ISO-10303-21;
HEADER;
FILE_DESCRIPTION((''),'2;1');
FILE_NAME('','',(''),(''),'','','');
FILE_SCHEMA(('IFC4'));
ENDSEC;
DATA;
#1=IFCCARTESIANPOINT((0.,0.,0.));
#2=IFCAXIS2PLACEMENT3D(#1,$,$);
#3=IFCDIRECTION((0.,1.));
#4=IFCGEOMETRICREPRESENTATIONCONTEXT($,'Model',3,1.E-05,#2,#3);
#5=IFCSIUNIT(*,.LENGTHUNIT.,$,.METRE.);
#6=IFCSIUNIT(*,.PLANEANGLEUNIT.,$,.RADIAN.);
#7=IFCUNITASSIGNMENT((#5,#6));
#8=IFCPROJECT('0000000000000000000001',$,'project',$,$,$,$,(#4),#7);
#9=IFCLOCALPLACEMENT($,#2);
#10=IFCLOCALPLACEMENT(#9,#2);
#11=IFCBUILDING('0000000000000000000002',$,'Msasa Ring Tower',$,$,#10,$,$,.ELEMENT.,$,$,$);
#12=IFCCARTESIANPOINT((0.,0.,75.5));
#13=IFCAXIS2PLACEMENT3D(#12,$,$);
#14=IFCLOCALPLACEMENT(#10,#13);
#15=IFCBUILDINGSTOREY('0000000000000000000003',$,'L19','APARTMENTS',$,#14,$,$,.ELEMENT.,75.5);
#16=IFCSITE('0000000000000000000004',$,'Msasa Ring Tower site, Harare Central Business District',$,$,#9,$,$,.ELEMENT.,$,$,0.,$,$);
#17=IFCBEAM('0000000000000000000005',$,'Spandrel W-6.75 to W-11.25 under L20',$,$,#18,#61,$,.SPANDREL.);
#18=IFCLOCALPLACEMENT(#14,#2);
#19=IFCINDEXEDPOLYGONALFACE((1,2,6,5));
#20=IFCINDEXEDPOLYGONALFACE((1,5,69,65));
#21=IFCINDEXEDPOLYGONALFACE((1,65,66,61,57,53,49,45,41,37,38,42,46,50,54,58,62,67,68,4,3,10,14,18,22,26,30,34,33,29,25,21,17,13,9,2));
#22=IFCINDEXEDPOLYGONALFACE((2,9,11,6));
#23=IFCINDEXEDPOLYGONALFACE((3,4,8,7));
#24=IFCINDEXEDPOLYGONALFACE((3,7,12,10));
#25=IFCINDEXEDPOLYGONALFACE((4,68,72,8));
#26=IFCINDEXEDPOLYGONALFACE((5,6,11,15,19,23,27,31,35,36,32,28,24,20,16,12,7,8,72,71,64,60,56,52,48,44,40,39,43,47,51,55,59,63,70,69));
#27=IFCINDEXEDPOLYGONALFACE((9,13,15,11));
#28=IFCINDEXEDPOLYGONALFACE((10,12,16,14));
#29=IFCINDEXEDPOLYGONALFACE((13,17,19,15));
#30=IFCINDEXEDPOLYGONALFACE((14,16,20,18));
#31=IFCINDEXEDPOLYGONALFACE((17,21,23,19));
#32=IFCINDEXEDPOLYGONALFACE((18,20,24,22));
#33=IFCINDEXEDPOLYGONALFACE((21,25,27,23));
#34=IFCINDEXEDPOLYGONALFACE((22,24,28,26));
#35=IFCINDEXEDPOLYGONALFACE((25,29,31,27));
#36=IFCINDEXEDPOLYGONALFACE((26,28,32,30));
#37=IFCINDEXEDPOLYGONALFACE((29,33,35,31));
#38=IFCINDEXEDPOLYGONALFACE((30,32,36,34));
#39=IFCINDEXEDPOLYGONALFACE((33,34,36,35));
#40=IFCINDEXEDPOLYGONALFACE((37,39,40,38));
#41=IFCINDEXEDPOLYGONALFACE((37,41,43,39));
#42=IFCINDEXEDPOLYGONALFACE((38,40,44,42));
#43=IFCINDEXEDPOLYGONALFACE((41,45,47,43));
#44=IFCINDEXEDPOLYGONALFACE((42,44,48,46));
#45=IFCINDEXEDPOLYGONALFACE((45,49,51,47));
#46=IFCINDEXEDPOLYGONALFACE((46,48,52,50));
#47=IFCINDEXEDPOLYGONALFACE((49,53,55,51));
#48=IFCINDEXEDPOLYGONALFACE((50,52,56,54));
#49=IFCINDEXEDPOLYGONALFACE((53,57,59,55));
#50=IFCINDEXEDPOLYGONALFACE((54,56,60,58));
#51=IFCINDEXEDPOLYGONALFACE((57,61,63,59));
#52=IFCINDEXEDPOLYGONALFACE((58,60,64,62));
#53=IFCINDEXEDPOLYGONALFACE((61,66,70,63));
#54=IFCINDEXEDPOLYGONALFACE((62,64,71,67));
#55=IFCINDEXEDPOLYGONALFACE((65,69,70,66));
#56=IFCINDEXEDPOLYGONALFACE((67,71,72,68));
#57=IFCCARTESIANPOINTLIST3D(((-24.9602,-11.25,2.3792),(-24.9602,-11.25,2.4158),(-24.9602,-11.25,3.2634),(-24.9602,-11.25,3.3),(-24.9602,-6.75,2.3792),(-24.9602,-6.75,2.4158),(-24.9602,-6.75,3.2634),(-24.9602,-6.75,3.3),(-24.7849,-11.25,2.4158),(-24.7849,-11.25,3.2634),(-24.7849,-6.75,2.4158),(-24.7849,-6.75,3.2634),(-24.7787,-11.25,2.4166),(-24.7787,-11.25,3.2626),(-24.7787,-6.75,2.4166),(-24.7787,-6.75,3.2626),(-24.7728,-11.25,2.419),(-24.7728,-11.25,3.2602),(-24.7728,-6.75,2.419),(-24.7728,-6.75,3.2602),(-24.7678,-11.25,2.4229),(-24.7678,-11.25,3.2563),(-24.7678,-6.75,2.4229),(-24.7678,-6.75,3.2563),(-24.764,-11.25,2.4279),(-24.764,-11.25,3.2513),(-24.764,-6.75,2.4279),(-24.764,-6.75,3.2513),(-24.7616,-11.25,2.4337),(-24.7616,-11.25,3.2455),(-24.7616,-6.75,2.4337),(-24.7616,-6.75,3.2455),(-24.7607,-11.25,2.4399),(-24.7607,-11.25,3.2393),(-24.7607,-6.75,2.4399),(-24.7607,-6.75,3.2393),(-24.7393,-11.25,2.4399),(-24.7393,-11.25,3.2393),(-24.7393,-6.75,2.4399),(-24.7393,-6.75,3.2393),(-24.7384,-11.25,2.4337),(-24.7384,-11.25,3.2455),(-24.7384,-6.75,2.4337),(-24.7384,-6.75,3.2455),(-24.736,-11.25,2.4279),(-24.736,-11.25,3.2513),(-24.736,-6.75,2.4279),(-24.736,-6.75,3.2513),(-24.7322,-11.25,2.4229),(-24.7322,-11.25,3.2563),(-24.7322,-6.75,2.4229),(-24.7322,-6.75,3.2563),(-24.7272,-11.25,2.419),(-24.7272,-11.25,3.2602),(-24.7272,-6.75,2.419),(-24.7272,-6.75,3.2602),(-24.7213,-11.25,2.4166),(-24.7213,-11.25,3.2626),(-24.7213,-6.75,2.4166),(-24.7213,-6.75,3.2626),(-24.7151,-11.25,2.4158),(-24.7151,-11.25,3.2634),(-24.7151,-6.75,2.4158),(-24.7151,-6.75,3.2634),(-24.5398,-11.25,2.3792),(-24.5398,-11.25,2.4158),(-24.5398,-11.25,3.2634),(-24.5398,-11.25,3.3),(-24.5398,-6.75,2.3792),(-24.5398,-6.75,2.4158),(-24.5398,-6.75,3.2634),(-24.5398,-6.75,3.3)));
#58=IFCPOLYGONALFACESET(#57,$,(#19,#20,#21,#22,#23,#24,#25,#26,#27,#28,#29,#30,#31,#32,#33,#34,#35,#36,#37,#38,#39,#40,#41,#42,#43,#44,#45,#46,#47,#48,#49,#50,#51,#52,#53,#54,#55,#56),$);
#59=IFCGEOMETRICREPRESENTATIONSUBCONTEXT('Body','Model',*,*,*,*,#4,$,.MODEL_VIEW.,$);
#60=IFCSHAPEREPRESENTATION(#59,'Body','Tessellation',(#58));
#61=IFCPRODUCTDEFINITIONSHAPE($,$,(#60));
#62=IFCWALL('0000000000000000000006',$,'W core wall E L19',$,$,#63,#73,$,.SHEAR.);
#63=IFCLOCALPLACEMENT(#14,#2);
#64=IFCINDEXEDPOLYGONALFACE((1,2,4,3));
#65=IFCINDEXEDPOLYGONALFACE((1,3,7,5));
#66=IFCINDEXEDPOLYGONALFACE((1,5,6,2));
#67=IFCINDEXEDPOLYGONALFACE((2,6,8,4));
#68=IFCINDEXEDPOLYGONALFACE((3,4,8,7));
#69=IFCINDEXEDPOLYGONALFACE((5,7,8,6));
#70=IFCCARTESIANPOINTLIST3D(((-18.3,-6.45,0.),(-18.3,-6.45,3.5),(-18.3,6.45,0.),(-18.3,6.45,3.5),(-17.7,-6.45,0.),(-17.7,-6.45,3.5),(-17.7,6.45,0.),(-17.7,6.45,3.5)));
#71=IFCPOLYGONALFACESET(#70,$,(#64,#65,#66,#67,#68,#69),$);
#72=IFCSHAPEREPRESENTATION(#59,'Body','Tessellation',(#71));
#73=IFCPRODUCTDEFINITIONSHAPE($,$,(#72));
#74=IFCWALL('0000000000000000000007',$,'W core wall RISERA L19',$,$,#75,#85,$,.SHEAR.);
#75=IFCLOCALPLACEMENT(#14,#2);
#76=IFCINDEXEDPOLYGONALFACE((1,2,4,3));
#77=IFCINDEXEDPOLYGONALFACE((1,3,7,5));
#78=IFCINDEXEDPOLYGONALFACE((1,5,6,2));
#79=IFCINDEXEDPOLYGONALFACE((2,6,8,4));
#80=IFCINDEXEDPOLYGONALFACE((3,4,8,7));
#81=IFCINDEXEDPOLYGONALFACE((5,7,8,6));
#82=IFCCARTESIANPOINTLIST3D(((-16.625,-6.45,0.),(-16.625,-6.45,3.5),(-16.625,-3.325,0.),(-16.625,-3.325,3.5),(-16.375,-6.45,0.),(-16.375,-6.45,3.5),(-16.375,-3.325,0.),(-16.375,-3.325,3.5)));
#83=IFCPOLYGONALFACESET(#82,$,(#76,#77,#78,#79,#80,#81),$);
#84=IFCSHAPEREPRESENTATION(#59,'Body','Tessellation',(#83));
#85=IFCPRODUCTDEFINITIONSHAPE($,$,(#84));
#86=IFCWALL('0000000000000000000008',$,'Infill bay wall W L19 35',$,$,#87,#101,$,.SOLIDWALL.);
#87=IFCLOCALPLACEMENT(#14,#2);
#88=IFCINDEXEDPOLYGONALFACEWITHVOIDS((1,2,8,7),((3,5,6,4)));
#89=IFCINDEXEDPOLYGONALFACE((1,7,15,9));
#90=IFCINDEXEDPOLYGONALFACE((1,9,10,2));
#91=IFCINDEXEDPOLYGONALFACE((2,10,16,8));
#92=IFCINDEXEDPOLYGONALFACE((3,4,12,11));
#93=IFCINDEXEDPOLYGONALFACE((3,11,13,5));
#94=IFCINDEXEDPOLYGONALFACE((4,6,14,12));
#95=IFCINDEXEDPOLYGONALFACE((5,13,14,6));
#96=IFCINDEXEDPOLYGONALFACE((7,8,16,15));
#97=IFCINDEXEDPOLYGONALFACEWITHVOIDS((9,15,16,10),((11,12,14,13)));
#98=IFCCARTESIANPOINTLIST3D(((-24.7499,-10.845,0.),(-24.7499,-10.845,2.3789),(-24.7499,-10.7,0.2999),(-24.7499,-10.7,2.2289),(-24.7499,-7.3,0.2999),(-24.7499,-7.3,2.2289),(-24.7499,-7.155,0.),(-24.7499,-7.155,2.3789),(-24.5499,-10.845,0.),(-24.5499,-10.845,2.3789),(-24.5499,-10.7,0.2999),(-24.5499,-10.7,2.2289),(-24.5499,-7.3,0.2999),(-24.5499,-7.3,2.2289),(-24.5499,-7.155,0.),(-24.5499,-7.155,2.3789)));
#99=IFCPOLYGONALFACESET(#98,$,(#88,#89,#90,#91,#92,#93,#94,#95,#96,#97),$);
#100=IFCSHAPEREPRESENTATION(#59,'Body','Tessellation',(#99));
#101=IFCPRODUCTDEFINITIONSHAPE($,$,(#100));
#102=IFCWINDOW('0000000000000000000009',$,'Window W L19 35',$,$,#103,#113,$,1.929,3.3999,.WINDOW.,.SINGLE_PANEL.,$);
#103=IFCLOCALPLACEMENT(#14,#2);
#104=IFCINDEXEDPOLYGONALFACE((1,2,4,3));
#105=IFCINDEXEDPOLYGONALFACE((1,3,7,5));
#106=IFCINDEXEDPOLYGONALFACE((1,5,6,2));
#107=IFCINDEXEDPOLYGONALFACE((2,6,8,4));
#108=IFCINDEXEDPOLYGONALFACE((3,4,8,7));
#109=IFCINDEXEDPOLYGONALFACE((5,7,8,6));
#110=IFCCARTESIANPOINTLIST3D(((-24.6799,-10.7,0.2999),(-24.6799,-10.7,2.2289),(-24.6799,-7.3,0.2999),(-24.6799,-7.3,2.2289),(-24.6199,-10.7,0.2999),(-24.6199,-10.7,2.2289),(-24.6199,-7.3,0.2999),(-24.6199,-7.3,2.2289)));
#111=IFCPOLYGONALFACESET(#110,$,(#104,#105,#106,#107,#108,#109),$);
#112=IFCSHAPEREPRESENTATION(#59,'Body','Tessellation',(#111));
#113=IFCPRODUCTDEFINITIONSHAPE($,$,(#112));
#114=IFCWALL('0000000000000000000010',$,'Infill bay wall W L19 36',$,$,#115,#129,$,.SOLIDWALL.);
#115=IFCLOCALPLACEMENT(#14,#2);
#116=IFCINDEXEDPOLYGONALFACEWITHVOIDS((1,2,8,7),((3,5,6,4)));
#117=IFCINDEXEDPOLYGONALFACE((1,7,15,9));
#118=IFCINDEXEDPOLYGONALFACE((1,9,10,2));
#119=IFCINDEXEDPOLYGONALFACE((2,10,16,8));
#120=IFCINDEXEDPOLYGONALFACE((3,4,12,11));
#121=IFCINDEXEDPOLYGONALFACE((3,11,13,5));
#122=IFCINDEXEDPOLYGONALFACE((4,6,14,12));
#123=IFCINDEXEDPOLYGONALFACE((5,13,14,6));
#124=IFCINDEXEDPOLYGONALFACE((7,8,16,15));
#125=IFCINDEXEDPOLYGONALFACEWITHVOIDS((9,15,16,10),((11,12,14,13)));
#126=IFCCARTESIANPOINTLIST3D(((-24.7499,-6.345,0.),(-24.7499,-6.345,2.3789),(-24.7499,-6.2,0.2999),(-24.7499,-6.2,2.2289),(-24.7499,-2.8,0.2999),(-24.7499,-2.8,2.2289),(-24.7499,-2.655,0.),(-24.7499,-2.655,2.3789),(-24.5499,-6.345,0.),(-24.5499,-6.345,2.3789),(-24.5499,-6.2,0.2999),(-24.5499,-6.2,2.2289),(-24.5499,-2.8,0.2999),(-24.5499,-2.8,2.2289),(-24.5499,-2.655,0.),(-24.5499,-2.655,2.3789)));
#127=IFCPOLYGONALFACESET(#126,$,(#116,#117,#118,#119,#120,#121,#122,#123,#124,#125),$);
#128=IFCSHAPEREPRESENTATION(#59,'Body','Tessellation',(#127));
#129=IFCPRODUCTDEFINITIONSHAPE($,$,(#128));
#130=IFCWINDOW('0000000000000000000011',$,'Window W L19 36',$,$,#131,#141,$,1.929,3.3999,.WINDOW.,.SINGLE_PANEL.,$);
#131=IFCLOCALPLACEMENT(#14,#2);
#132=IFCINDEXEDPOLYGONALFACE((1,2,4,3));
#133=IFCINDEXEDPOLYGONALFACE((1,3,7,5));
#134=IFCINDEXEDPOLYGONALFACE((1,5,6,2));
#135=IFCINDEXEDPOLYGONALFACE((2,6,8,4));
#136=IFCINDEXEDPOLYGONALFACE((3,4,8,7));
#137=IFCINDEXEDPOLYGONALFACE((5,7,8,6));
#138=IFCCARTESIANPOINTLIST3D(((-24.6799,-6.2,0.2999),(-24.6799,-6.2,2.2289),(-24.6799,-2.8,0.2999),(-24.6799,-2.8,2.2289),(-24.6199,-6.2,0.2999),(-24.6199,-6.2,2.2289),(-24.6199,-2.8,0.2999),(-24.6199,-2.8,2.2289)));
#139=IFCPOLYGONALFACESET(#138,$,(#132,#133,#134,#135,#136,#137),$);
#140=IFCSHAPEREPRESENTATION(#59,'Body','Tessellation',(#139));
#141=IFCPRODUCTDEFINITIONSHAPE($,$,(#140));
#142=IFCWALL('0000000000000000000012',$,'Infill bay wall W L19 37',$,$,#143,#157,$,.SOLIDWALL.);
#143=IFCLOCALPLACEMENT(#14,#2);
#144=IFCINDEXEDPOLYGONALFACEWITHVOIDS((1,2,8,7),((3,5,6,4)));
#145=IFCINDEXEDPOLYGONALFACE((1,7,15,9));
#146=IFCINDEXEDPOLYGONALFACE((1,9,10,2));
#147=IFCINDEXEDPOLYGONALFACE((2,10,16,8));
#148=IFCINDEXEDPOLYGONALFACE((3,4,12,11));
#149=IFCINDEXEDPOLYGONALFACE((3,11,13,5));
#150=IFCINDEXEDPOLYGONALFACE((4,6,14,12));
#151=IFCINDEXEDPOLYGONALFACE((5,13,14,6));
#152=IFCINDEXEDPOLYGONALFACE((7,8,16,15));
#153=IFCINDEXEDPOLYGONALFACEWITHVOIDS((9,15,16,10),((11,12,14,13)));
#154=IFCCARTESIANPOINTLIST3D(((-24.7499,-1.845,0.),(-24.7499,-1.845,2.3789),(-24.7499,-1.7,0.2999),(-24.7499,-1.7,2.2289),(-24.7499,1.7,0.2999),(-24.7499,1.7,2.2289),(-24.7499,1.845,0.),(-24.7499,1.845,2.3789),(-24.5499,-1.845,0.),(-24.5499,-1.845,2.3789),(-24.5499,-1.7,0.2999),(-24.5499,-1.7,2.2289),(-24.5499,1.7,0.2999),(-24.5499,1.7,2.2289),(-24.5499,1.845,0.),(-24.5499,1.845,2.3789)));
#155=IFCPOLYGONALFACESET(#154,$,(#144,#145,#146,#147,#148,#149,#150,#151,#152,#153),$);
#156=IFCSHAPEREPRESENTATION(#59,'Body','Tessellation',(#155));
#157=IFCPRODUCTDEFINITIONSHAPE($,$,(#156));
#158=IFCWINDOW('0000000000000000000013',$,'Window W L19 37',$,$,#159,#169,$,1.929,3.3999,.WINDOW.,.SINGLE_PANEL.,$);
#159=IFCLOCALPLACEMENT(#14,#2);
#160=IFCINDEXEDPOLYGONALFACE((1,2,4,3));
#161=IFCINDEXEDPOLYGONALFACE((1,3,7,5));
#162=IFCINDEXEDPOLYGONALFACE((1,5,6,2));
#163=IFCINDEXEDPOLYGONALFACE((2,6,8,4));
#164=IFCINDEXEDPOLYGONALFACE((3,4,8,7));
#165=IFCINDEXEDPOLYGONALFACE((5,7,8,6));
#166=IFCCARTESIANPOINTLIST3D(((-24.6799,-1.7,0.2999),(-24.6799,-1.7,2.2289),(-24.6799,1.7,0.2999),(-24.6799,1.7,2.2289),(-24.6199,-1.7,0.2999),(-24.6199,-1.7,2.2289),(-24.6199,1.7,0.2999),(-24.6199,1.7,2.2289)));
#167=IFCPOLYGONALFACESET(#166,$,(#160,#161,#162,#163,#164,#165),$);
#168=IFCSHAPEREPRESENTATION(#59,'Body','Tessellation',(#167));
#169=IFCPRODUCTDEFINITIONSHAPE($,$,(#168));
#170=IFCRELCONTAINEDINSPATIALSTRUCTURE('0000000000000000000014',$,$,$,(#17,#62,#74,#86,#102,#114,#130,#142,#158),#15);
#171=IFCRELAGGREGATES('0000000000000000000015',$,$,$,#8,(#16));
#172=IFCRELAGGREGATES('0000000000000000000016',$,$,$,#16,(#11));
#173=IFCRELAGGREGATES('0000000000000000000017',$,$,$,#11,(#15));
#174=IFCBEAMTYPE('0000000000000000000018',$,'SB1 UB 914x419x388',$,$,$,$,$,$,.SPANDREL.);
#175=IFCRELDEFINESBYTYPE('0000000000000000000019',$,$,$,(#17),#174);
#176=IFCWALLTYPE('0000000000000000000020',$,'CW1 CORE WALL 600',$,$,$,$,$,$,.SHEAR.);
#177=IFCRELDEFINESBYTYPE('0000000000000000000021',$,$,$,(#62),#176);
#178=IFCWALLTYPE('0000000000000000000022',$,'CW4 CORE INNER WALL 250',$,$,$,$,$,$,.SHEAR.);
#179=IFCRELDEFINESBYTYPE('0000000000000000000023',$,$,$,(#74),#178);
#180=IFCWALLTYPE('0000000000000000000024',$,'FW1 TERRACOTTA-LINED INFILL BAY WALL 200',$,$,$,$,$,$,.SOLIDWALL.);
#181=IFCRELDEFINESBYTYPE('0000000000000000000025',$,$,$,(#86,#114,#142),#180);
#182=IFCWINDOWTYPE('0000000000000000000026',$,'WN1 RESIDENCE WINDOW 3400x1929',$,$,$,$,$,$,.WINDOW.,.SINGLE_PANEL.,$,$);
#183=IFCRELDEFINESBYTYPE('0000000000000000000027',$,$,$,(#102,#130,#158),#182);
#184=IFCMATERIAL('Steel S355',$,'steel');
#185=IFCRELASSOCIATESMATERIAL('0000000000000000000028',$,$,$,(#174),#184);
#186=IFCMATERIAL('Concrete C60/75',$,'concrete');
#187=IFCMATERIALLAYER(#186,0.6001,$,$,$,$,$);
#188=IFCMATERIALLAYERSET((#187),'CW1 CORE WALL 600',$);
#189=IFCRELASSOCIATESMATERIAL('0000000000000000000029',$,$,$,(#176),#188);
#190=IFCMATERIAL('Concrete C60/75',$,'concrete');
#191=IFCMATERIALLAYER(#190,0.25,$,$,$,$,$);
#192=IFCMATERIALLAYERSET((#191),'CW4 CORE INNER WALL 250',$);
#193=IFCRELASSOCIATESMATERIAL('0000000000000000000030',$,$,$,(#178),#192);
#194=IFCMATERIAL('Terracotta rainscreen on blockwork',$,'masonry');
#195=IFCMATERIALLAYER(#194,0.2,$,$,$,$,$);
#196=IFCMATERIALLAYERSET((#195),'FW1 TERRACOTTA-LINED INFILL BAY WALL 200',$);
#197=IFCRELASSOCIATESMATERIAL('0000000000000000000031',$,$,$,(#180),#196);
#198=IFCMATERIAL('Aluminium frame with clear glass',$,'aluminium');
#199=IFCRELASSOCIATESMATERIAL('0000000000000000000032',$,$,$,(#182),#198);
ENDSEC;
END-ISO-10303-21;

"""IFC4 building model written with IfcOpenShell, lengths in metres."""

from ifc_helpers import new_model, si_unit, direction, frame, frame_2d, origin, origin_2d, place, context, subcontext, project, spatial, rectangle, i_section, extrude, material, layer, layer_set, material_profile, profile_set, type_object, element, fill, save


model = new_model("IFC4")

# Units and contexts
model_context = context("Model", 3, precision=1e-05, world=origin(), true_north=direction((0.0, 1.0)))
body_context = subcontext(model_context, "Body", "Model", "MODEL_VIEW")
ifc_project = project(units=[si_unit("LENGTHUNIT", "METRE"), si_unit("PLANEANGLEUNIT", "RADIAN")], contexts=[model_context])

# Site, building, storey
site_placement = place(None, origin())
site = spatial("IfcSite", under=ifc_project, at=site_placement, Name="Msasa Ring Tower site, Harare Central Business District", CompositionType="ELEMENT", RefElevation=0.0)
building_placement = place(site_placement, origin())
building = spatial("IfcBuilding", under=site, at=building_placement, Name="Msasa Ring Tower", CompositionType="ELEMENT")
storey_placement = place(building_placement, frame((0.0, 0.0, 75.5)))
storey = spatial("IfcBuildingStorey", under=building, at=storey_placement, Name="L19", Description="APARTMENTS", CompositionType="ELEMENT", Elevation=75.5)

# Beam
ifc_material_1 = material(Name="Steel S355", Category="steel")
ifc_material_profile_1 = material_profile(ifc_material_1, i_section(OverallWidth=0.4204, OverallDepth=0.9209, WebThickness=0.0215, FlangeThickness=0.0366, FilletRadius=0.0242, at=origin_2d()), Name="UB 914x419x388")
ifc_profile_set_1 = profile_set([ifc_material_profile_1], Name="Steel S355")
beam_type_1 = type_object("IfcBeamType", Name="SB1 UB 914x419x388", PredefinedType="SPANDREL", material=ifc_profile_set_1)
for number, where, z_axis, x_axis, name in (
    (1, (-24.75, -6.75, 2.8396), (0.0, -1.0, 0.0), (1.0, 0.0, 0.0), "Spandrel W-6.75 to W-11.25 under L20"),
):
    element("IfcBeam", number, at=place(storey_placement, frame(where, z_axis=z_axis, x_axis=x_axis)), inside=storey, type_object=beam_type_1, Name=name, PredefinedType="SPANDREL", context=body_context, shape_type="SweptSolid", body=[
        extrude(i_section(OverallWidth=0.4204, OverallDepth=0.9209, WebThickness=0.0215, FlangeThickness=0.0366, FilletRadius=0.0242, at=origin_2d()), origin(), (0.0, 0.0, 1.0), 4.5),
    ])

# Walls
ifc_material_2 = material(Name="Concrete C60/75", Category="concrete")
ifc_layer_1 = layer(ifc_material_2, 0.6001)
ifc_layer_set_1 = layer_set([ifc_layer_1], Name="CW1 CORE WALL 600")
wall_type_1 = type_object("IfcWallType", Name="CW1 CORE WALL 600", PredefinedType="SHEAR", material=ifc_layer_set_1)
wall_1_placement = place(storey_placement, frame((-18.0, -6.45, 0.0), z_axis=(0.0, 0.0, 1.0), x_axis=(0.0, 1.0, 0.0)))
element("IfcWall", 2, at=wall_1_placement, inside=storey, type_object=wall_type_1, Name="W core wall E L19", PredefinedType="SHEAR", context=body_context, shape_type="SweptSolid", body=[
    extrude(rectangle(XDim=12.8999, YDim=0.6001, at=frame_2d((6.45, 0.0))), origin(), (0.0, 0.0, 1.0), 3.5),
])
ifc_material_3 = material(Name="Concrete C60/75", Category="concrete")
ifc_layer_2 = layer(ifc_material_3, 0.25)
ifc_layer_set_2 = layer_set([ifc_layer_2], Name="CW4 CORE INNER WALL 250")
wall_type_2 = type_object("IfcWallType", Name="CW4 CORE INNER WALL 250", PredefinedType="SHEAR", material=ifc_layer_set_2)
wall_2_placement = place(storey_placement, frame((-16.5, -6.45, 0.0), z_axis=(0.0, 0.0, 1.0), x_axis=(0.0, 1.0, 0.0)))
element("IfcWall", 3, at=wall_2_placement, inside=storey, type_object=wall_type_2, Name="W core wall RISERA L19", PredefinedType="SHEAR", context=body_context, shape_type="SweptSolid", body=[
    extrude(rectangle(XDim=3.125, YDim=0.25, at=frame_2d((1.5625, 0.0))), origin(), (0.0, 0.0, 1.0), 3.5),
])

# Walls, openings, windows
ifc_material_4 = material(Name="Terracotta rainscreen on blockwork", Category="masonry")
ifc_layer_3 = layer(ifc_material_4, 0.2)
ifc_layer_set_3 = layer_set([ifc_layer_3], Name="FW1 TERRACOTTA-LINED INFILL BAY WALL 200")
wall_type_3 = type_object("IfcWallType", Name="FW1 TERRACOTTA-LINED INFILL BAY WALL 200", PredefinedType="SOLIDWALL", material=ifc_layer_set_3)
wall_3_placement = place(storey_placement, frame((-24.6499, -10.845, 0.0), z_axis=(0.0, 0.0, 1.0), x_axis=(0.0, 1.0, 0.0)))
wall_3 = element("IfcWall", 4, at=wall_3_placement, inside=storey, type_object=wall_type_3, Name="Infill bay wall W L19 35", PredefinedType="SOLIDWALL", context=body_context, shape_type="SweptSolid", body=[
    extrude(rectangle(XDim=3.6899, YDim=0.2, at=frame_2d((1.845, 0.0))), origin(), (0.0, 0.0, 1.0), 2.3789),
])
opening_1_placement = place(wall_3_placement, frame((0.145, 0.0, 0.3)))
opening_1 = element("IfcOpeningElement", 5, at=opening_1_placement, cuts=wall_3, PredefinedType="OPENING", context=body_context, shape_type="SweptSolid", body=[
    extrude(rectangle(XDim=3.3999, YDim=1.929, at=frame_2d((1.7, 0.9644))), frame((0.0, 0.1099, 0.0), z_axis=(0.0, -1.0, 0.0), x_axis=(1.0, 0.0, 0.0)), (0.0, 0.0, 1.0), 0.22),
])
ifc_material_5 = material(Name="Aluminium frame with clear glass", Category="aluminium")
window_type = type_object("IfcWindowType", Name="WN1 RESIDENCE WINDOW 3400x1929", PartitioningType="SINGLE_PANEL", PredefinedType="WINDOW", material=ifc_material_5)
window_1_placement = place(opening_1_placement, origin())
window_1 = element("IfcWindow", 6, at=window_1_placement, inside=storey, type_object=window_type, Name="Window W L19 35", OverallHeight=1.929, OverallWidth=3.3999, PartitioningType="SINGLE_PANEL", PredefinedType="WINDOW", context=body_context, shape_type="SweptSolid", body=[
    extrude(rectangle(XDim=3.3999, YDim=1.929, at=frame_2d((1.7, 0.9644))), frame((0.0, 0.03, 0.0), z_axis=(0.0, -1.0, 0.0), x_axis=(1.0, 0.0, 0.0)), (0.0, 0.0, 1.0), 0.0601),
])
fill(opening_1, window_1)
wall_4_placement = place(storey_placement, frame((-24.6499, -6.345, 0.0), z_axis=(0.0, 0.0, 1.0), x_axis=(0.0, 1.0, 0.0)))
wall_4 = element("IfcWall", 7, at=wall_4_placement, inside=storey, type_object=wall_type_3, Name="Infill bay wall W L19 36", PredefinedType="SOLIDWALL", context=body_context, shape_type="SweptSolid", body=[
    extrude(rectangle(XDim=3.6899, YDim=0.2, at=frame_2d((1.845, 0.0))), origin(), (0.0, 0.0, 1.0), 2.3789),
])
opening_2_placement = place(wall_4_placement, frame((0.145, 0.0, 0.3)))
opening_2 = element("IfcOpeningElement", 8, at=opening_2_placement, cuts=wall_4, PredefinedType="OPENING", context=body_context, shape_type="SweptSolid", body=[
    extrude(rectangle(XDim=3.3999, YDim=1.929, at=frame_2d((1.7, 0.9644))), frame((0.0, 0.1099, 0.0), z_axis=(0.0, -1.0, 0.0), x_axis=(1.0, 0.0, 0.0)), (0.0, 0.0, 1.0), 0.22),
])
window_2_placement = place(opening_2_placement, origin())
window_2 = element("IfcWindow", 9, at=window_2_placement, inside=storey, type_object=window_type, Name="Window W L19 36", OverallHeight=1.929, OverallWidth=3.3999, PartitioningType="SINGLE_PANEL", PredefinedType="WINDOW", context=body_context, shape_type="SweptSolid", body=[
    extrude(rectangle(XDim=3.3999, YDim=1.929, at=frame_2d((1.7, 0.9644))), frame((0.0, 0.03, 0.0), z_axis=(0.0, -1.0, 0.0), x_axis=(1.0, 0.0, 0.0)), (0.0, 0.0, 1.0), 0.0601),
])
fill(opening_2, window_2)
wall_5_placement = place(storey_placement, frame((-24.6499, -1.845, 0.0), z_axis=(0.0, 0.0, 1.0), x_axis=(0.0, 1.0, 0.0)))
wall_5 = element("IfcWall", 10, at=wall_5_placement, inside=storey, type_object=wall_type_3, Name="Infill bay wall W L19 37", PredefinedType="SOLIDWALL", context=body_context, shape_type="SweptSolid", body=[
    extrude(rectangle(XDim=3.6899, YDim=0.2, at=frame_2d((1.845, 0.0))), origin(), (0.0, 0.0, 1.0), 2.3789),
])
opening_3_placement = place(wall_5_placement, frame((0.145, 0.0, 0.3)))
opening_3 = element("IfcOpeningElement", 11, at=opening_3_placement, cuts=wall_5, PredefinedType="OPENING", context=body_context, shape_type="SweptSolid", body=[
    extrude(rectangle(XDim=3.3999, YDim=1.929, at=frame_2d((1.7, 0.9644))), frame((0.0, 0.1099, 0.0), z_axis=(0.0, -1.0, 0.0), x_axis=(1.0, 0.0, 0.0)), (0.0, 0.0, 1.0), 0.22),
])
window_3_placement = place(opening_3_placement, origin())
window_3 = element("IfcWindow", 12, at=window_3_placement, inside=storey, type_object=window_type, Name="Window W L19 37", OverallHeight=1.929, OverallWidth=3.3999, PartitioningType="SINGLE_PANEL", PredefinedType="WINDOW", context=body_context, shape_type="SweptSolid", body=[
    extrude(rectangle(XDim=3.3999, YDim=1.929, at=frame_2d((1.7, 0.9644))), frame((0.0, 0.03, 0.0), z_axis=(0.0, -1.0, 0.0), x_axis=(1.0, 0.0, 0.0)), (0.0, 0.0, 1.0), 0.0601),
])
fill(opening_3, window_3)

save(model, "model.ifc")
